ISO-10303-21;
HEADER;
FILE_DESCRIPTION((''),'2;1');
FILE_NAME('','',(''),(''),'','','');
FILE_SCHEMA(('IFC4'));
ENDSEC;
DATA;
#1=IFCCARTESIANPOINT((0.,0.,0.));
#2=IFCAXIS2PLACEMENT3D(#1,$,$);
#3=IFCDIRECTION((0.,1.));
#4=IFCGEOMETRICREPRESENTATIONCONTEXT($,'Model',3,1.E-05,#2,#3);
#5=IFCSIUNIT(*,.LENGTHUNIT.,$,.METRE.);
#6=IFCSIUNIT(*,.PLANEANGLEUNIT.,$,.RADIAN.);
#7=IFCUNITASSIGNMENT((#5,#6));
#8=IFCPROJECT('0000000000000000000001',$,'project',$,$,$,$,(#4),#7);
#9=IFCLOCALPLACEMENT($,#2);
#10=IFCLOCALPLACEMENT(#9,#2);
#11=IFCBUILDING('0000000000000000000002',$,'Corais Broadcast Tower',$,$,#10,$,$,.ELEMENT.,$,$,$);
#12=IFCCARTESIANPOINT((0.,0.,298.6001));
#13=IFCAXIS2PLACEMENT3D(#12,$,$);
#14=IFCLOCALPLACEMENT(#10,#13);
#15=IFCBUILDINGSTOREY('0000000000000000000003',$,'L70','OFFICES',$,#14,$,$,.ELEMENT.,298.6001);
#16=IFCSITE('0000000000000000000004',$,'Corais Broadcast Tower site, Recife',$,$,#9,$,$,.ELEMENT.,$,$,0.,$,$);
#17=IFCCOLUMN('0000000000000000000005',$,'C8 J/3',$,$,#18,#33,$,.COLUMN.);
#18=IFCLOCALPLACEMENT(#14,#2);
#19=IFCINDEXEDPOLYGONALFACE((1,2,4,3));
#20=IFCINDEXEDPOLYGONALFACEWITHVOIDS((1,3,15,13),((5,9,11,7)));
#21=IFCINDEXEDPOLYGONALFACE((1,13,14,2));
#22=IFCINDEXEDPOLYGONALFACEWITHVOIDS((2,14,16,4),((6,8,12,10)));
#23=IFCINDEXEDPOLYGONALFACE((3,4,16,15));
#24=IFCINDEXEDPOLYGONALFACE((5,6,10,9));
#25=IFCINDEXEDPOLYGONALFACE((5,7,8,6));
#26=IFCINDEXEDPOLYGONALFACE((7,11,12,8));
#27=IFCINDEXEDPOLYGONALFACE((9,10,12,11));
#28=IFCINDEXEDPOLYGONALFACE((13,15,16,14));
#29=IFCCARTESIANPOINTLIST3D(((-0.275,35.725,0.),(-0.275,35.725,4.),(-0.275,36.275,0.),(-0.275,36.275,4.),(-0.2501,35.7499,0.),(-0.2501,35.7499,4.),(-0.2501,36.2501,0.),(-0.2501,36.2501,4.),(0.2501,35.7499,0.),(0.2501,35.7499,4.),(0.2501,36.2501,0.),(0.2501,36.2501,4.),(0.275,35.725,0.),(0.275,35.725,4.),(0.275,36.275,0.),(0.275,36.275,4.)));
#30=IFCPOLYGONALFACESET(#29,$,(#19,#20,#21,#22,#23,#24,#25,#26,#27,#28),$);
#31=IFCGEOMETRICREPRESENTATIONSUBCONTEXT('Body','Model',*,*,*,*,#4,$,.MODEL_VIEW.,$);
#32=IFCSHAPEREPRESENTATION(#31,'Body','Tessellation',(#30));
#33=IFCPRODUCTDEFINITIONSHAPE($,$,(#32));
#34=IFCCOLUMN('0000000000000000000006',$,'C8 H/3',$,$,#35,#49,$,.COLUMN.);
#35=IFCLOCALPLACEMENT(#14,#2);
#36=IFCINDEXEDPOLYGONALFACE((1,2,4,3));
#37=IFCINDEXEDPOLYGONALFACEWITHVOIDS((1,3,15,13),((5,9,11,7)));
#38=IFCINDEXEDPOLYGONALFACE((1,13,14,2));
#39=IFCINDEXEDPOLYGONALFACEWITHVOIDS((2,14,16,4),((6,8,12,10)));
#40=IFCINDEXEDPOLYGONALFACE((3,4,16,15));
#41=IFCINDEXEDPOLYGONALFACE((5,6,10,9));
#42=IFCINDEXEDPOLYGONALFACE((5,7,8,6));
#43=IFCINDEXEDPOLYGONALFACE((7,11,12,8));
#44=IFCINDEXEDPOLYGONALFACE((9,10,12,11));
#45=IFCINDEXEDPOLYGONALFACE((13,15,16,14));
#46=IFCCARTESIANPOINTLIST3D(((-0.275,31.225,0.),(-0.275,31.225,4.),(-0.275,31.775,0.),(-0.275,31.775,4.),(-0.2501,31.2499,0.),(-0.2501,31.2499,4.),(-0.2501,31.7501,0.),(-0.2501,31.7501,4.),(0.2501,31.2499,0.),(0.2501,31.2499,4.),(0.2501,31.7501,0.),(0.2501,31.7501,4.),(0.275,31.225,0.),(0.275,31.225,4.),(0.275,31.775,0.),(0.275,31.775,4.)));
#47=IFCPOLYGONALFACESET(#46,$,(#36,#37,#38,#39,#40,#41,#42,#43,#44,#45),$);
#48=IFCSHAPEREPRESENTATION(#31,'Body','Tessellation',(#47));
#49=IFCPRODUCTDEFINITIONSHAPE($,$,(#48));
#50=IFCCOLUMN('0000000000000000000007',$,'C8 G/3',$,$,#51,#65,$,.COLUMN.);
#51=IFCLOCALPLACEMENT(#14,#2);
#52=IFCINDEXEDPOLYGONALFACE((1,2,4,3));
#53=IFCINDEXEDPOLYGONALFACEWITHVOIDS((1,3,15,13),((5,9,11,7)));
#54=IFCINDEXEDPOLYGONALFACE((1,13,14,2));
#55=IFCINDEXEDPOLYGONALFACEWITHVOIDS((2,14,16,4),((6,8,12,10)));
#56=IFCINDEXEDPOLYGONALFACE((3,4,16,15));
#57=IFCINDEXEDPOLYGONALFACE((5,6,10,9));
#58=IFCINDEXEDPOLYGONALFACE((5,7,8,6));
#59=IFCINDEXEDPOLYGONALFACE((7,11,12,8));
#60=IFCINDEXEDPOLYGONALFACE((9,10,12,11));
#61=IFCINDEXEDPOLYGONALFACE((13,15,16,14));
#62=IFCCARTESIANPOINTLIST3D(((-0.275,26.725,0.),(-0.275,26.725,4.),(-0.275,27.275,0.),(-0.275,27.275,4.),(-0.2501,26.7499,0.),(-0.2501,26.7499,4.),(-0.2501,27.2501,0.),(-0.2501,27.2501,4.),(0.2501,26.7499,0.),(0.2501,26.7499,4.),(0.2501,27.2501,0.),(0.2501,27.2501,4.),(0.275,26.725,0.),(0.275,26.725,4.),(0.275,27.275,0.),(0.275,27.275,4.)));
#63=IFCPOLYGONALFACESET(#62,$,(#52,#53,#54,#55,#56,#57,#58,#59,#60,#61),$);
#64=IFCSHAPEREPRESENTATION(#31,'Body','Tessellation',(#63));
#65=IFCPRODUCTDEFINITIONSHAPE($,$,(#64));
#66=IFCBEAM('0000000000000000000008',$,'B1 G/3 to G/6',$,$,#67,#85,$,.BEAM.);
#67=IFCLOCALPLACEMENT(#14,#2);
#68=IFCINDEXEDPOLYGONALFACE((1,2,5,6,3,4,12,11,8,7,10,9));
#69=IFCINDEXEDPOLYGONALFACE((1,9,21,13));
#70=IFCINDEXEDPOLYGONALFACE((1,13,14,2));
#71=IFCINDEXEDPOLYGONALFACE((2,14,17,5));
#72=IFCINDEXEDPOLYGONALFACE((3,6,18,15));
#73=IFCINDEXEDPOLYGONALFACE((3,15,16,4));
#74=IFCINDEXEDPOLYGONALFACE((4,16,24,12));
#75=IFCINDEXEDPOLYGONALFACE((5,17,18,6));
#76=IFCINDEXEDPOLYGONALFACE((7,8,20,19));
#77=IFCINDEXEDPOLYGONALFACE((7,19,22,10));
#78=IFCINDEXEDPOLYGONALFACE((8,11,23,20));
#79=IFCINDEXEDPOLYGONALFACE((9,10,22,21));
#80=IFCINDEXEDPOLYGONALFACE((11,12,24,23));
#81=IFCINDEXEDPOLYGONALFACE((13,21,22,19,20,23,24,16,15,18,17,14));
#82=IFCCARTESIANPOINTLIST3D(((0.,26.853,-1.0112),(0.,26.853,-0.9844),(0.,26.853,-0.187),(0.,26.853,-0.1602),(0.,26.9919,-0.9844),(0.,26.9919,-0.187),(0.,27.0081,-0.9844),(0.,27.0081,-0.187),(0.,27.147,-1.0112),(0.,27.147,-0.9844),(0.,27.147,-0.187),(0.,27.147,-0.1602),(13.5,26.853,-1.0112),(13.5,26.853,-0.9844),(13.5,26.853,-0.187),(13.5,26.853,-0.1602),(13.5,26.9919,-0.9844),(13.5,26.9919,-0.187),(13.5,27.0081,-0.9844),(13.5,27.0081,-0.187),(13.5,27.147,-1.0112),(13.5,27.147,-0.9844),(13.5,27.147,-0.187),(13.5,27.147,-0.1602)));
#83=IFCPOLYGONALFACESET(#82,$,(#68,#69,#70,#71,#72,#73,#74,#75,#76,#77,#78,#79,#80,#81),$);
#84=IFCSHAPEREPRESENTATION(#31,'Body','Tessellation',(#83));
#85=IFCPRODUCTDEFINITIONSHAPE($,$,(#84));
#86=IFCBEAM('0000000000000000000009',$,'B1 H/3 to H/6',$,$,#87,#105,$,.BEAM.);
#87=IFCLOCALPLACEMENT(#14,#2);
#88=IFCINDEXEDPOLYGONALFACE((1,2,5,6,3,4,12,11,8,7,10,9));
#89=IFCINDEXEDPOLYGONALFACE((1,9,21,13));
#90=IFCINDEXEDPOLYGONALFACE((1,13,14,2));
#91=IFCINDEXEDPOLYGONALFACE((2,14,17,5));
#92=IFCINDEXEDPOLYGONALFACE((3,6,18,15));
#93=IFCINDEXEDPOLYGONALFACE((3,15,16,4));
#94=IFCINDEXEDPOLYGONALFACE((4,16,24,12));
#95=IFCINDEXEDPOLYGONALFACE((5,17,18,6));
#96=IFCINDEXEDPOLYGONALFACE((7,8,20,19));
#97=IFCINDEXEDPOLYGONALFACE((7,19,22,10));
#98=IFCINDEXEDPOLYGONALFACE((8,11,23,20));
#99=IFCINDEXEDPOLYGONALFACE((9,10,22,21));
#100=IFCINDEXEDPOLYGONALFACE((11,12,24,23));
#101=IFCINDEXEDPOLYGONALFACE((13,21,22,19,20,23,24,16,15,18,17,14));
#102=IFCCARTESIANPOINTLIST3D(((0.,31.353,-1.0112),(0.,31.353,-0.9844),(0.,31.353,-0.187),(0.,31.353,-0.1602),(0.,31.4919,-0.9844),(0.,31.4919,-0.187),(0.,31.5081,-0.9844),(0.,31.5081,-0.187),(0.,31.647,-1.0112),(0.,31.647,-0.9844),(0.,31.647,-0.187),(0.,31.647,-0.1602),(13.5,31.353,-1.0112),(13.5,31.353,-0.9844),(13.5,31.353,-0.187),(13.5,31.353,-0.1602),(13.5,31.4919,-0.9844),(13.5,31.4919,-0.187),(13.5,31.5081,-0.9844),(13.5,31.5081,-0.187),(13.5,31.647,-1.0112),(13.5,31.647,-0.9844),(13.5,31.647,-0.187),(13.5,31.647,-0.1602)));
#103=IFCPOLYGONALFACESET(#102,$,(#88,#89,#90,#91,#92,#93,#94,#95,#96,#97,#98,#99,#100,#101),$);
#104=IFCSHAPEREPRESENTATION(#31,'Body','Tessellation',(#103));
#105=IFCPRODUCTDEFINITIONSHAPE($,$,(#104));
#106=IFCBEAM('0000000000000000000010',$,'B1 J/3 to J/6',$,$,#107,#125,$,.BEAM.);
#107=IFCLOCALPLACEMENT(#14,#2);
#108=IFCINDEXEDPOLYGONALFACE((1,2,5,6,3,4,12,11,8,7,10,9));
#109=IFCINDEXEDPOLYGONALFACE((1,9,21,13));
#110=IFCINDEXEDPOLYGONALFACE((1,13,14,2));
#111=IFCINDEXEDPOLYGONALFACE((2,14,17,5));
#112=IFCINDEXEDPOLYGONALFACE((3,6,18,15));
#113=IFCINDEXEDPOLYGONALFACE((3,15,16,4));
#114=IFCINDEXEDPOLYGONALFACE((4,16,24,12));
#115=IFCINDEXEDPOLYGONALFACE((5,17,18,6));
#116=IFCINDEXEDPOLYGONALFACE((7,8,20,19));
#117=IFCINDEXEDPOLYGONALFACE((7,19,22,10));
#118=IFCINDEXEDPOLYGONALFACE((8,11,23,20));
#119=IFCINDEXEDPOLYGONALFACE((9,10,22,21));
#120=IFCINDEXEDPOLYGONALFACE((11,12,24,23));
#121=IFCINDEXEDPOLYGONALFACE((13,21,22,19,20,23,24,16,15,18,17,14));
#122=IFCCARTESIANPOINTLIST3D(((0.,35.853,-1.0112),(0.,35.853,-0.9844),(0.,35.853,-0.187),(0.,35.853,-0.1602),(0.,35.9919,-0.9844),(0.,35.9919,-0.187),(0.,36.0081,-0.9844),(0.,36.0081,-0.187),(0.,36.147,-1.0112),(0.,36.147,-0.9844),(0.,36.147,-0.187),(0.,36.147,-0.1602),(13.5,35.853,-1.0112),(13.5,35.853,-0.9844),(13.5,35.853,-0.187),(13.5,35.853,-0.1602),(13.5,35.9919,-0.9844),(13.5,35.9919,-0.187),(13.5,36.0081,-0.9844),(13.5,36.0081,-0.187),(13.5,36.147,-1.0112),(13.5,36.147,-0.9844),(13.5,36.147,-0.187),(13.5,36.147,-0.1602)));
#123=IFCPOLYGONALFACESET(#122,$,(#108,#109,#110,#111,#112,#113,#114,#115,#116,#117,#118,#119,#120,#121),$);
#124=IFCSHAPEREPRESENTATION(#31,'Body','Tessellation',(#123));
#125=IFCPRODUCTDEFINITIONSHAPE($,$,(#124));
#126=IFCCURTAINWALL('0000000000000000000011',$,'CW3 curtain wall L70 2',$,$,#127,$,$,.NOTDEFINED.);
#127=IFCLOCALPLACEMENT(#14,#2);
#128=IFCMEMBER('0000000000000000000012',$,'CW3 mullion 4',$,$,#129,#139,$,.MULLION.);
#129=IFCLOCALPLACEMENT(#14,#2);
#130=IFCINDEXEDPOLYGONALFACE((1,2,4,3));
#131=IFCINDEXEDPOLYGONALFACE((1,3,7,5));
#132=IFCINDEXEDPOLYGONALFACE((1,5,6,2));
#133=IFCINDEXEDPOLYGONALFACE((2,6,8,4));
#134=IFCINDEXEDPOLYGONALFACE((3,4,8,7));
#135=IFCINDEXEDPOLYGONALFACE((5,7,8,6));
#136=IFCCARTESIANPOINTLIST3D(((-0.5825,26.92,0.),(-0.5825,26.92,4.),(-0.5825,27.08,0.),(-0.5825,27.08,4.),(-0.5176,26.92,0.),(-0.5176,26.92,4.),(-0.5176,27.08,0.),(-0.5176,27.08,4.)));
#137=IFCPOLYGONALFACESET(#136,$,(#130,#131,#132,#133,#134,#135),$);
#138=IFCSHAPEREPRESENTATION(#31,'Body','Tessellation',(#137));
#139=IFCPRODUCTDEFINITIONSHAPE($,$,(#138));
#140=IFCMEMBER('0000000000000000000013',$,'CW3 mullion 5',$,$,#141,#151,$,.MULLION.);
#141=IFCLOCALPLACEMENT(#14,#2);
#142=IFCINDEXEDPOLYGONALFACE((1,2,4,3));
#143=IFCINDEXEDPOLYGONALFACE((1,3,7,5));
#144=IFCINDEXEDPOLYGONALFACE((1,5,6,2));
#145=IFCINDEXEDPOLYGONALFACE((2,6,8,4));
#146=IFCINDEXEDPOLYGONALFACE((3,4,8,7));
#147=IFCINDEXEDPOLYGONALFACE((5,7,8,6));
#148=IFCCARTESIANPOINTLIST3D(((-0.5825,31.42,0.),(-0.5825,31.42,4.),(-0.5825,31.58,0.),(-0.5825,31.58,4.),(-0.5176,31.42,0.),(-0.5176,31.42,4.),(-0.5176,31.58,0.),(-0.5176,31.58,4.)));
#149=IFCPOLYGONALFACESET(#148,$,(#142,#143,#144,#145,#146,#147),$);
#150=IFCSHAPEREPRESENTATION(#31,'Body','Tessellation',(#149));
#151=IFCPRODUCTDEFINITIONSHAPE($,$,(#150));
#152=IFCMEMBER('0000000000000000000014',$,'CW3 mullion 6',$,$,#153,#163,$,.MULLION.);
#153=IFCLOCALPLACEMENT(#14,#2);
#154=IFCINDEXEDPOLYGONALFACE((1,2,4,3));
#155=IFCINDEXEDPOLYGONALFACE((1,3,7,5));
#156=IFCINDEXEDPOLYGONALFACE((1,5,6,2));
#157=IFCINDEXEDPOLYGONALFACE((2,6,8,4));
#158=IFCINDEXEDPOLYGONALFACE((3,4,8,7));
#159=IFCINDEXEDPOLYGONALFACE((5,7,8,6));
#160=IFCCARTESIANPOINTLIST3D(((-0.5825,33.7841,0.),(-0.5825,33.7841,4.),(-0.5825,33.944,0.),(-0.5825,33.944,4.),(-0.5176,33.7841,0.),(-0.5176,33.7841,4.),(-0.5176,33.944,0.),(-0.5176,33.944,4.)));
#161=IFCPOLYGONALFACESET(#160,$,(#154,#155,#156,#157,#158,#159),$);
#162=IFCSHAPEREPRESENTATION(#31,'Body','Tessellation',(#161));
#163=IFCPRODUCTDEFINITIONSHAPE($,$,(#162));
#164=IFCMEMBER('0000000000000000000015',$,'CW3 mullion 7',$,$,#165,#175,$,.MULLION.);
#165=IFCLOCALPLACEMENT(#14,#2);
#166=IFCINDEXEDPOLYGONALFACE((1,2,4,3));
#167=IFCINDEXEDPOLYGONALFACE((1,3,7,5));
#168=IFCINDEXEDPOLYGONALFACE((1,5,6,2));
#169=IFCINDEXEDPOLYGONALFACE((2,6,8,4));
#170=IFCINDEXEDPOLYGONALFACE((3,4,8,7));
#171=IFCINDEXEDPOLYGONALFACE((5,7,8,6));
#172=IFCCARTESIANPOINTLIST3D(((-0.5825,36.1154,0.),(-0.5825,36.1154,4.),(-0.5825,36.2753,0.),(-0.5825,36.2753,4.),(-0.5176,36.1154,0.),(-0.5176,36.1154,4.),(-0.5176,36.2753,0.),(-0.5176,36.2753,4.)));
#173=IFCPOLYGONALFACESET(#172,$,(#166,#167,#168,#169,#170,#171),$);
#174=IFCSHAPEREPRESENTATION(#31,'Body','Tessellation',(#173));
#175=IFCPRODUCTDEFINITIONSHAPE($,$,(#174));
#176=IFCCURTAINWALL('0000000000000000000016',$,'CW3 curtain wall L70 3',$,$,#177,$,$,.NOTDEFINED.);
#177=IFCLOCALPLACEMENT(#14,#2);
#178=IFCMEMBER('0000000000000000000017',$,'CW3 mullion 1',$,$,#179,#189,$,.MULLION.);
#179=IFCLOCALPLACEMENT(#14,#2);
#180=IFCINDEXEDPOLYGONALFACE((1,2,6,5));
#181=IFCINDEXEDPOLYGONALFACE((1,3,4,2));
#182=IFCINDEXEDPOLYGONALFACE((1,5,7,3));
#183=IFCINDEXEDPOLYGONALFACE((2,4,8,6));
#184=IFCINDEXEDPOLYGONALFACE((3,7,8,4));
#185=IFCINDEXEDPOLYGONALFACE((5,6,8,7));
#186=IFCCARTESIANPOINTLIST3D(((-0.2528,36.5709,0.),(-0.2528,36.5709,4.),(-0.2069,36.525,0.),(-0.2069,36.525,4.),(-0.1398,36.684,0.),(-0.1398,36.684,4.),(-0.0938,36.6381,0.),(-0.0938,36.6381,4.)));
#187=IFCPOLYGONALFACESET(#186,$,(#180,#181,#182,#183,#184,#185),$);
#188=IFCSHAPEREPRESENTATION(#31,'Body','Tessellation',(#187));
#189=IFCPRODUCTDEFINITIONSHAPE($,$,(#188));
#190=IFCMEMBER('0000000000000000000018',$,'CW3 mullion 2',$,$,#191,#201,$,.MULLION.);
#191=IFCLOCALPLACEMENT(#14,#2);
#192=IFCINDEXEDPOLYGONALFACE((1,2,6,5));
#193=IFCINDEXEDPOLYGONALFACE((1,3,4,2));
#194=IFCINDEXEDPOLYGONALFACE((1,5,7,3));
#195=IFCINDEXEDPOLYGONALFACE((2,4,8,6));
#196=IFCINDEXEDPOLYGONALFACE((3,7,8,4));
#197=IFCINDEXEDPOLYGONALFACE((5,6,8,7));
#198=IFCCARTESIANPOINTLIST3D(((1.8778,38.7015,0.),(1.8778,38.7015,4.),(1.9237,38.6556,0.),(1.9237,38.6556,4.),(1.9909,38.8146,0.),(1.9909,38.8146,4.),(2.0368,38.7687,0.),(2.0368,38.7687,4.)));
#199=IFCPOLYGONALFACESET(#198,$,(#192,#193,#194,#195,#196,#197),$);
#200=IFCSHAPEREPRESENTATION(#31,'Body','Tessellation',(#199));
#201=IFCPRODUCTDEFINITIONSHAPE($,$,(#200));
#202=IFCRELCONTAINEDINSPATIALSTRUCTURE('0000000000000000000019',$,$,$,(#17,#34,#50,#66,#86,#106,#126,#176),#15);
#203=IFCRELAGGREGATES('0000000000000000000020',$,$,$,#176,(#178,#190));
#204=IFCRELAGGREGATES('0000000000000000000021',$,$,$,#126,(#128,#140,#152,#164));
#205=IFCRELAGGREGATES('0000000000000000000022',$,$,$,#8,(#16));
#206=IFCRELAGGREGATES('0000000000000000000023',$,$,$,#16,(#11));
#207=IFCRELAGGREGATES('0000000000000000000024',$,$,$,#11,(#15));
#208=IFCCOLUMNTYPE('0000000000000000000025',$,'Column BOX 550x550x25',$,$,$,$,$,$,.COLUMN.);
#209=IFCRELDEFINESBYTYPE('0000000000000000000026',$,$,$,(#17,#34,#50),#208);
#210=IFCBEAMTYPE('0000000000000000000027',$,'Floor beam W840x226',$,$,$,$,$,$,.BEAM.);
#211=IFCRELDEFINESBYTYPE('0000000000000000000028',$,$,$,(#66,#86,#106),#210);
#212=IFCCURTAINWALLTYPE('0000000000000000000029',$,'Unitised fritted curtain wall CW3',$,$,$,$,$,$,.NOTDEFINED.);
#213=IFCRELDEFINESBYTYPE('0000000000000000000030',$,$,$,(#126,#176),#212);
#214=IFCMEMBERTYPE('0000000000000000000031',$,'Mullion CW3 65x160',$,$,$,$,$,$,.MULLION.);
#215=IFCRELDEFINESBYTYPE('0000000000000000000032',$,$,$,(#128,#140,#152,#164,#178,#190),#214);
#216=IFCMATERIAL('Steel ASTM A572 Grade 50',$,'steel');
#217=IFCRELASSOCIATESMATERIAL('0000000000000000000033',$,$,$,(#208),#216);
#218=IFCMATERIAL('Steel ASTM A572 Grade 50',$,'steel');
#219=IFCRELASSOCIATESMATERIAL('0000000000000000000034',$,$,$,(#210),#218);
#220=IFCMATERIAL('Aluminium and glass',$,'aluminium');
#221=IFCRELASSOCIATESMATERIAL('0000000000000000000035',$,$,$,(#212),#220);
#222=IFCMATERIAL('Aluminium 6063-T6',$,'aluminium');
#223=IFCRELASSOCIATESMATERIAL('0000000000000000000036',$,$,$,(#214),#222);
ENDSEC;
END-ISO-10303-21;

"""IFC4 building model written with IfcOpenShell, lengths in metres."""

from ifc_helpers import new_model, si_unit, direction, frame, origin, origin_2d, place, context, subcontext, project, spatial, rectangle, hollow_rectangle, i_section, extrude, material, material_profile, profile_set, type_object, element, aggregate, save


model = new_model("IFC4")

# Units and contexts
model_context = context("Model", 3, precision=1e-05, world=origin(), true_north=direction((0.0, 1.0)))
body_context = subcontext(model_context, "Body", "Model", "MODEL_VIEW")
ifc_project = project(units=[si_unit("LENGTHUNIT", "METRE"), si_unit("PLANEANGLEUNIT", "RADIAN")], contexts=[model_context])

# Site, building, storey
site_placement = place(None, origin())
site = spatial("IfcSite", under=ifc_project, at=site_placement, Name="Corais Broadcast Tower site, Recife", CompositionType="ELEMENT", RefElevation=0.0)
building_placement = place(site_placement, origin())
building = spatial("IfcBuilding", under=site, at=building_placement, Name="Corais Broadcast Tower", CompositionType="ELEMENT")
storey_placement = place(building_placement, frame((0.0, 0.0, 298.6001)))
storey = spatial("IfcBuildingStorey", under=building, at=storey_placement, Name="L70", Description="OFFICES", CompositionType="ELEMENT", Elevation=298.6001)

# Columns
ifc_material_1 = material(Name="Steel ASTM A572 Grade 50", Category="steel")
ifc_material_profile_1 = material_profile(ifc_material_1, hollow_rectangle(XDim=0.55, YDim=0.55, WallThickness=0.0249, at=origin_2d()), Name="BOX 550x550x25")
ifc_profile_set_1 = profile_set([ifc_material_profile_1], Name="Steel ASTM A572 Grade 50")
column_type = type_object("IfcColumnType", Name="Column BOX 550x550x25", PredefinedType="COLUMN", material=ifc_profile_set_1)
for number, where, z_axis, x_axis, name in (
    (1, (0.0, 36.0, 0.0), (0.0, 0.0, 1.0), (1.0, 0.0, 0.0), "C8 J/3"),
    (2, (0.0, 31.5, 0.0), (0.0, 0.0, 1.0), (1.0, 0.0, 0.0), "C8 H/3"),
    (3, (0.0, 27.0, 0.0), (0.0, 0.0, 1.0), (1.0, 0.0, 0.0), "C8 G/3"),
):
    element("IfcColumn", number, at=place(storey_placement, frame(where, z_axis=z_axis, x_axis=x_axis)), inside=storey, type_object=column_type, Name=name, PredefinedType="COLUMN", context=body_context, shape_type="SweptSolid", body=[
        extrude(hollow_rectangle(XDim=0.55, YDim=0.55, WallThickness=0.0249, at=origin_2d()), origin(), (0.0, 0.0, 1.0), 4.0),
    ])

# Beams
ifc_material_2 = material(Name="Steel ASTM A572 Grade 50", Category="steel")
ifc_material_profile_2 = material_profile(ifc_material_2, i_section(OverallWidth=0.2939, OverallDepth=0.8511, WebThickness=0.0161, FlangeThickness=0.0269, at=origin_2d()), Name="W840x226")
ifc_profile_set_2 = profile_set([ifc_material_profile_2], Name="Steel ASTM A572 Grade 50")
beam_type_1 = type_object("IfcBeamType", Name="Floor beam W840x226", PredefinedType="BEAM", material=ifc_profile_set_2)
for number, where, z_axis, x_axis, name in (
    (4, (0.0, 27.0, -0.5857), (1.0, 0.0, 0.0), (0.0, 1.0, 0.0), "B1 G/3 to G/6"),
    (5, (0.0, 31.5, -0.5857), (1.0, 0.0, 0.0), (0.0, 1.0, 0.0), "B1 H/3 to H/6"),
    (6, (0.0, 36.0, -0.5857), (1.0, 0.0, 0.0), (0.0, 1.0, 0.0), "B1 J/3 to J/6"),
):
    element("IfcBeam", number, at=place(storey_placement, frame(where, z_axis=z_axis, x_axis=x_axis)), inside=storey, type_object=beam_type_1, Name=name, PredefinedType="BEAM", context=body_context, shape_type="SweptSolid", body=[
        extrude(i_section(OverallWidth=0.2939, OverallDepth=0.8511, WebThickness=0.0161, FlangeThickness=0.0269, at=origin_2d()), origin(), (0.0, 0.0, 1.0), 13.5),
    ])

# Curtain walls, members
ifc_material_3 = material(Name="Aluminium and glass", Category="aluminium")
curtain_wall_type = type_object("IfcCurtainWallType", Name="Unitised fritted curtain wall CW3", PredefinedType="NOTDEFINED", material=ifc_material_3)
curtain_wall_1_placement = place(storey_placement, origin())
curtain_wall_1 = element("IfcCurtainWall", 7, at=curtain_wall_1_placement, inside=storey, type_object=curtain_wall_type, Name="CW3 curtain wall L70 2", PredefinedType="NOTDEFINED")
ifc_material_4 = material(Name="Aluminium 6063-T6", Category="aluminium")
ifc_material_profile_3 = material_profile(ifc_material_4, rectangle(XDim=0.0649, YDim=0.1599, at=origin_2d()), Name="Mullion CW3 65x160")
ifc_profile_set_3 = profile_set([ifc_material_profile_3], Name="Aluminium 6063-T6")
member_type_1 = type_object("IfcMemberType", Name="Mullion CW3 65x160", PredefinedType="MULLION", material=ifc_profile_set_3)
member_1_placement = place(storey_placement, frame((-0.55, 27.0, 0.0), z_axis=(0.0, 0.0, 1.0), x_axis=(-1.0, 0.0, 0.0)))
member_1 = element("IfcMember", 8, at=member_1_placement, type_object=member_type_1, Name="CW3 mullion 4", PredefinedType="MULLION", context=body_context, shape_type="SweptSolid", body=[
    extrude(rectangle(XDim=0.0649, YDim=0.1599, at=origin_2d()), origin(), (0.0, 0.0, 1.0), 4.0),
])
member_2_placement = place(storey_placement, frame((-0.55, 31.5, 0.0), z_axis=(0.0, 0.0, 1.0), x_axis=(-1.0, 0.0, 0.0)))
member_2 = element("IfcMember", 9, at=member_2_placement, type_object=member_type_1, Name="CW3 mullion 5", PredefinedType="MULLION", context=body_context, shape_type="SweptSolid", body=[
    extrude(rectangle(XDim=0.0649, YDim=0.1599, at=origin_2d()), origin(), (0.0, 0.0, 1.0), 4.0),
])
member_3_placement = place(storey_placement, frame((-0.55, 33.864, 0.0), z_axis=(0.0, 0.0, 1.0), x_axis=(-1.0, 0.0, 0.0)))
member_3 = element("IfcMember", 10, at=member_3_placement, type_object=member_type_1, Name="CW3 mullion 6", PredefinedType="MULLION", context=body_context, shape_type="SweptSolid", body=[
    extrude(rectangle(XDim=0.0649, YDim=0.1599, at=origin_2d()), origin(), (0.0, 0.0, 1.0), 4.0),
])
member_4_placement = place(storey_placement, frame((-0.55, 36.1953, 0.0), z_axis=(0.0, 0.0, 1.0), x_axis=(-1.0, 0.0, 0.0)))
member_4 = element("IfcMember", 11, at=member_4_placement, type_object=member_type_1, Name="CW3 mullion 7", PredefinedType="MULLION", context=body_context, shape_type="SweptSolid", body=[
    extrude(rectangle(XDim=0.0649, YDim=0.1599, at=origin_2d()), origin(), (0.0, 0.0, 1.0), 4.0),
])
curtain_wall_2_placement = place(storey_placement, origin())
curtain_wall_2 = element("IfcCurtainWall", 12, at=curtain_wall_2_placement, inside=storey, type_object=curtain_wall_type, Name="CW3 curtain wall L70 3", PredefinedType="NOTDEFINED")
member_5_placement = place(storey_placement, frame((-0.1733, 36.6045, 0.0), z_axis=(0.0, 0.0, 1.0), x_axis=(-0.707107, 0.707107, 0.0)))
member_5 = element("IfcMember", 13, at=member_5_placement, type_object=member_type_1, Name="CW3 mullion 1", PredefinedType="MULLION", context=body_context, shape_type="SweptSolid", body=[
    extrude(rectangle(XDim=0.0649, YDim=0.1599, at=origin_2d()), origin(), (0.0, 0.0, 1.0), 4.0),
])
member_6_placement = place(storey_placement, frame((1.9573, 38.7351, 0.0), z_axis=(0.0, 0.0, 1.0), x_axis=(-0.707107, 0.707107, 0.0)))
member_6 = element("IfcMember", 14, at=member_6_placement, type_object=member_type_1, Name="CW3 mullion 2", PredefinedType="MULLION", context=body_context, shape_type="SweptSolid", body=[
    extrude(rectangle(XDim=0.0649, YDim=0.1599, at=origin_2d()), origin(), (0.0, 0.0, 1.0), 4.0),
])

aggregate(curtain_wall_2, [member_5, member_6])
aggregate(curtain_wall_1, [member_1, member_2, member_3, member_4])

save(model, "model.ifc")
